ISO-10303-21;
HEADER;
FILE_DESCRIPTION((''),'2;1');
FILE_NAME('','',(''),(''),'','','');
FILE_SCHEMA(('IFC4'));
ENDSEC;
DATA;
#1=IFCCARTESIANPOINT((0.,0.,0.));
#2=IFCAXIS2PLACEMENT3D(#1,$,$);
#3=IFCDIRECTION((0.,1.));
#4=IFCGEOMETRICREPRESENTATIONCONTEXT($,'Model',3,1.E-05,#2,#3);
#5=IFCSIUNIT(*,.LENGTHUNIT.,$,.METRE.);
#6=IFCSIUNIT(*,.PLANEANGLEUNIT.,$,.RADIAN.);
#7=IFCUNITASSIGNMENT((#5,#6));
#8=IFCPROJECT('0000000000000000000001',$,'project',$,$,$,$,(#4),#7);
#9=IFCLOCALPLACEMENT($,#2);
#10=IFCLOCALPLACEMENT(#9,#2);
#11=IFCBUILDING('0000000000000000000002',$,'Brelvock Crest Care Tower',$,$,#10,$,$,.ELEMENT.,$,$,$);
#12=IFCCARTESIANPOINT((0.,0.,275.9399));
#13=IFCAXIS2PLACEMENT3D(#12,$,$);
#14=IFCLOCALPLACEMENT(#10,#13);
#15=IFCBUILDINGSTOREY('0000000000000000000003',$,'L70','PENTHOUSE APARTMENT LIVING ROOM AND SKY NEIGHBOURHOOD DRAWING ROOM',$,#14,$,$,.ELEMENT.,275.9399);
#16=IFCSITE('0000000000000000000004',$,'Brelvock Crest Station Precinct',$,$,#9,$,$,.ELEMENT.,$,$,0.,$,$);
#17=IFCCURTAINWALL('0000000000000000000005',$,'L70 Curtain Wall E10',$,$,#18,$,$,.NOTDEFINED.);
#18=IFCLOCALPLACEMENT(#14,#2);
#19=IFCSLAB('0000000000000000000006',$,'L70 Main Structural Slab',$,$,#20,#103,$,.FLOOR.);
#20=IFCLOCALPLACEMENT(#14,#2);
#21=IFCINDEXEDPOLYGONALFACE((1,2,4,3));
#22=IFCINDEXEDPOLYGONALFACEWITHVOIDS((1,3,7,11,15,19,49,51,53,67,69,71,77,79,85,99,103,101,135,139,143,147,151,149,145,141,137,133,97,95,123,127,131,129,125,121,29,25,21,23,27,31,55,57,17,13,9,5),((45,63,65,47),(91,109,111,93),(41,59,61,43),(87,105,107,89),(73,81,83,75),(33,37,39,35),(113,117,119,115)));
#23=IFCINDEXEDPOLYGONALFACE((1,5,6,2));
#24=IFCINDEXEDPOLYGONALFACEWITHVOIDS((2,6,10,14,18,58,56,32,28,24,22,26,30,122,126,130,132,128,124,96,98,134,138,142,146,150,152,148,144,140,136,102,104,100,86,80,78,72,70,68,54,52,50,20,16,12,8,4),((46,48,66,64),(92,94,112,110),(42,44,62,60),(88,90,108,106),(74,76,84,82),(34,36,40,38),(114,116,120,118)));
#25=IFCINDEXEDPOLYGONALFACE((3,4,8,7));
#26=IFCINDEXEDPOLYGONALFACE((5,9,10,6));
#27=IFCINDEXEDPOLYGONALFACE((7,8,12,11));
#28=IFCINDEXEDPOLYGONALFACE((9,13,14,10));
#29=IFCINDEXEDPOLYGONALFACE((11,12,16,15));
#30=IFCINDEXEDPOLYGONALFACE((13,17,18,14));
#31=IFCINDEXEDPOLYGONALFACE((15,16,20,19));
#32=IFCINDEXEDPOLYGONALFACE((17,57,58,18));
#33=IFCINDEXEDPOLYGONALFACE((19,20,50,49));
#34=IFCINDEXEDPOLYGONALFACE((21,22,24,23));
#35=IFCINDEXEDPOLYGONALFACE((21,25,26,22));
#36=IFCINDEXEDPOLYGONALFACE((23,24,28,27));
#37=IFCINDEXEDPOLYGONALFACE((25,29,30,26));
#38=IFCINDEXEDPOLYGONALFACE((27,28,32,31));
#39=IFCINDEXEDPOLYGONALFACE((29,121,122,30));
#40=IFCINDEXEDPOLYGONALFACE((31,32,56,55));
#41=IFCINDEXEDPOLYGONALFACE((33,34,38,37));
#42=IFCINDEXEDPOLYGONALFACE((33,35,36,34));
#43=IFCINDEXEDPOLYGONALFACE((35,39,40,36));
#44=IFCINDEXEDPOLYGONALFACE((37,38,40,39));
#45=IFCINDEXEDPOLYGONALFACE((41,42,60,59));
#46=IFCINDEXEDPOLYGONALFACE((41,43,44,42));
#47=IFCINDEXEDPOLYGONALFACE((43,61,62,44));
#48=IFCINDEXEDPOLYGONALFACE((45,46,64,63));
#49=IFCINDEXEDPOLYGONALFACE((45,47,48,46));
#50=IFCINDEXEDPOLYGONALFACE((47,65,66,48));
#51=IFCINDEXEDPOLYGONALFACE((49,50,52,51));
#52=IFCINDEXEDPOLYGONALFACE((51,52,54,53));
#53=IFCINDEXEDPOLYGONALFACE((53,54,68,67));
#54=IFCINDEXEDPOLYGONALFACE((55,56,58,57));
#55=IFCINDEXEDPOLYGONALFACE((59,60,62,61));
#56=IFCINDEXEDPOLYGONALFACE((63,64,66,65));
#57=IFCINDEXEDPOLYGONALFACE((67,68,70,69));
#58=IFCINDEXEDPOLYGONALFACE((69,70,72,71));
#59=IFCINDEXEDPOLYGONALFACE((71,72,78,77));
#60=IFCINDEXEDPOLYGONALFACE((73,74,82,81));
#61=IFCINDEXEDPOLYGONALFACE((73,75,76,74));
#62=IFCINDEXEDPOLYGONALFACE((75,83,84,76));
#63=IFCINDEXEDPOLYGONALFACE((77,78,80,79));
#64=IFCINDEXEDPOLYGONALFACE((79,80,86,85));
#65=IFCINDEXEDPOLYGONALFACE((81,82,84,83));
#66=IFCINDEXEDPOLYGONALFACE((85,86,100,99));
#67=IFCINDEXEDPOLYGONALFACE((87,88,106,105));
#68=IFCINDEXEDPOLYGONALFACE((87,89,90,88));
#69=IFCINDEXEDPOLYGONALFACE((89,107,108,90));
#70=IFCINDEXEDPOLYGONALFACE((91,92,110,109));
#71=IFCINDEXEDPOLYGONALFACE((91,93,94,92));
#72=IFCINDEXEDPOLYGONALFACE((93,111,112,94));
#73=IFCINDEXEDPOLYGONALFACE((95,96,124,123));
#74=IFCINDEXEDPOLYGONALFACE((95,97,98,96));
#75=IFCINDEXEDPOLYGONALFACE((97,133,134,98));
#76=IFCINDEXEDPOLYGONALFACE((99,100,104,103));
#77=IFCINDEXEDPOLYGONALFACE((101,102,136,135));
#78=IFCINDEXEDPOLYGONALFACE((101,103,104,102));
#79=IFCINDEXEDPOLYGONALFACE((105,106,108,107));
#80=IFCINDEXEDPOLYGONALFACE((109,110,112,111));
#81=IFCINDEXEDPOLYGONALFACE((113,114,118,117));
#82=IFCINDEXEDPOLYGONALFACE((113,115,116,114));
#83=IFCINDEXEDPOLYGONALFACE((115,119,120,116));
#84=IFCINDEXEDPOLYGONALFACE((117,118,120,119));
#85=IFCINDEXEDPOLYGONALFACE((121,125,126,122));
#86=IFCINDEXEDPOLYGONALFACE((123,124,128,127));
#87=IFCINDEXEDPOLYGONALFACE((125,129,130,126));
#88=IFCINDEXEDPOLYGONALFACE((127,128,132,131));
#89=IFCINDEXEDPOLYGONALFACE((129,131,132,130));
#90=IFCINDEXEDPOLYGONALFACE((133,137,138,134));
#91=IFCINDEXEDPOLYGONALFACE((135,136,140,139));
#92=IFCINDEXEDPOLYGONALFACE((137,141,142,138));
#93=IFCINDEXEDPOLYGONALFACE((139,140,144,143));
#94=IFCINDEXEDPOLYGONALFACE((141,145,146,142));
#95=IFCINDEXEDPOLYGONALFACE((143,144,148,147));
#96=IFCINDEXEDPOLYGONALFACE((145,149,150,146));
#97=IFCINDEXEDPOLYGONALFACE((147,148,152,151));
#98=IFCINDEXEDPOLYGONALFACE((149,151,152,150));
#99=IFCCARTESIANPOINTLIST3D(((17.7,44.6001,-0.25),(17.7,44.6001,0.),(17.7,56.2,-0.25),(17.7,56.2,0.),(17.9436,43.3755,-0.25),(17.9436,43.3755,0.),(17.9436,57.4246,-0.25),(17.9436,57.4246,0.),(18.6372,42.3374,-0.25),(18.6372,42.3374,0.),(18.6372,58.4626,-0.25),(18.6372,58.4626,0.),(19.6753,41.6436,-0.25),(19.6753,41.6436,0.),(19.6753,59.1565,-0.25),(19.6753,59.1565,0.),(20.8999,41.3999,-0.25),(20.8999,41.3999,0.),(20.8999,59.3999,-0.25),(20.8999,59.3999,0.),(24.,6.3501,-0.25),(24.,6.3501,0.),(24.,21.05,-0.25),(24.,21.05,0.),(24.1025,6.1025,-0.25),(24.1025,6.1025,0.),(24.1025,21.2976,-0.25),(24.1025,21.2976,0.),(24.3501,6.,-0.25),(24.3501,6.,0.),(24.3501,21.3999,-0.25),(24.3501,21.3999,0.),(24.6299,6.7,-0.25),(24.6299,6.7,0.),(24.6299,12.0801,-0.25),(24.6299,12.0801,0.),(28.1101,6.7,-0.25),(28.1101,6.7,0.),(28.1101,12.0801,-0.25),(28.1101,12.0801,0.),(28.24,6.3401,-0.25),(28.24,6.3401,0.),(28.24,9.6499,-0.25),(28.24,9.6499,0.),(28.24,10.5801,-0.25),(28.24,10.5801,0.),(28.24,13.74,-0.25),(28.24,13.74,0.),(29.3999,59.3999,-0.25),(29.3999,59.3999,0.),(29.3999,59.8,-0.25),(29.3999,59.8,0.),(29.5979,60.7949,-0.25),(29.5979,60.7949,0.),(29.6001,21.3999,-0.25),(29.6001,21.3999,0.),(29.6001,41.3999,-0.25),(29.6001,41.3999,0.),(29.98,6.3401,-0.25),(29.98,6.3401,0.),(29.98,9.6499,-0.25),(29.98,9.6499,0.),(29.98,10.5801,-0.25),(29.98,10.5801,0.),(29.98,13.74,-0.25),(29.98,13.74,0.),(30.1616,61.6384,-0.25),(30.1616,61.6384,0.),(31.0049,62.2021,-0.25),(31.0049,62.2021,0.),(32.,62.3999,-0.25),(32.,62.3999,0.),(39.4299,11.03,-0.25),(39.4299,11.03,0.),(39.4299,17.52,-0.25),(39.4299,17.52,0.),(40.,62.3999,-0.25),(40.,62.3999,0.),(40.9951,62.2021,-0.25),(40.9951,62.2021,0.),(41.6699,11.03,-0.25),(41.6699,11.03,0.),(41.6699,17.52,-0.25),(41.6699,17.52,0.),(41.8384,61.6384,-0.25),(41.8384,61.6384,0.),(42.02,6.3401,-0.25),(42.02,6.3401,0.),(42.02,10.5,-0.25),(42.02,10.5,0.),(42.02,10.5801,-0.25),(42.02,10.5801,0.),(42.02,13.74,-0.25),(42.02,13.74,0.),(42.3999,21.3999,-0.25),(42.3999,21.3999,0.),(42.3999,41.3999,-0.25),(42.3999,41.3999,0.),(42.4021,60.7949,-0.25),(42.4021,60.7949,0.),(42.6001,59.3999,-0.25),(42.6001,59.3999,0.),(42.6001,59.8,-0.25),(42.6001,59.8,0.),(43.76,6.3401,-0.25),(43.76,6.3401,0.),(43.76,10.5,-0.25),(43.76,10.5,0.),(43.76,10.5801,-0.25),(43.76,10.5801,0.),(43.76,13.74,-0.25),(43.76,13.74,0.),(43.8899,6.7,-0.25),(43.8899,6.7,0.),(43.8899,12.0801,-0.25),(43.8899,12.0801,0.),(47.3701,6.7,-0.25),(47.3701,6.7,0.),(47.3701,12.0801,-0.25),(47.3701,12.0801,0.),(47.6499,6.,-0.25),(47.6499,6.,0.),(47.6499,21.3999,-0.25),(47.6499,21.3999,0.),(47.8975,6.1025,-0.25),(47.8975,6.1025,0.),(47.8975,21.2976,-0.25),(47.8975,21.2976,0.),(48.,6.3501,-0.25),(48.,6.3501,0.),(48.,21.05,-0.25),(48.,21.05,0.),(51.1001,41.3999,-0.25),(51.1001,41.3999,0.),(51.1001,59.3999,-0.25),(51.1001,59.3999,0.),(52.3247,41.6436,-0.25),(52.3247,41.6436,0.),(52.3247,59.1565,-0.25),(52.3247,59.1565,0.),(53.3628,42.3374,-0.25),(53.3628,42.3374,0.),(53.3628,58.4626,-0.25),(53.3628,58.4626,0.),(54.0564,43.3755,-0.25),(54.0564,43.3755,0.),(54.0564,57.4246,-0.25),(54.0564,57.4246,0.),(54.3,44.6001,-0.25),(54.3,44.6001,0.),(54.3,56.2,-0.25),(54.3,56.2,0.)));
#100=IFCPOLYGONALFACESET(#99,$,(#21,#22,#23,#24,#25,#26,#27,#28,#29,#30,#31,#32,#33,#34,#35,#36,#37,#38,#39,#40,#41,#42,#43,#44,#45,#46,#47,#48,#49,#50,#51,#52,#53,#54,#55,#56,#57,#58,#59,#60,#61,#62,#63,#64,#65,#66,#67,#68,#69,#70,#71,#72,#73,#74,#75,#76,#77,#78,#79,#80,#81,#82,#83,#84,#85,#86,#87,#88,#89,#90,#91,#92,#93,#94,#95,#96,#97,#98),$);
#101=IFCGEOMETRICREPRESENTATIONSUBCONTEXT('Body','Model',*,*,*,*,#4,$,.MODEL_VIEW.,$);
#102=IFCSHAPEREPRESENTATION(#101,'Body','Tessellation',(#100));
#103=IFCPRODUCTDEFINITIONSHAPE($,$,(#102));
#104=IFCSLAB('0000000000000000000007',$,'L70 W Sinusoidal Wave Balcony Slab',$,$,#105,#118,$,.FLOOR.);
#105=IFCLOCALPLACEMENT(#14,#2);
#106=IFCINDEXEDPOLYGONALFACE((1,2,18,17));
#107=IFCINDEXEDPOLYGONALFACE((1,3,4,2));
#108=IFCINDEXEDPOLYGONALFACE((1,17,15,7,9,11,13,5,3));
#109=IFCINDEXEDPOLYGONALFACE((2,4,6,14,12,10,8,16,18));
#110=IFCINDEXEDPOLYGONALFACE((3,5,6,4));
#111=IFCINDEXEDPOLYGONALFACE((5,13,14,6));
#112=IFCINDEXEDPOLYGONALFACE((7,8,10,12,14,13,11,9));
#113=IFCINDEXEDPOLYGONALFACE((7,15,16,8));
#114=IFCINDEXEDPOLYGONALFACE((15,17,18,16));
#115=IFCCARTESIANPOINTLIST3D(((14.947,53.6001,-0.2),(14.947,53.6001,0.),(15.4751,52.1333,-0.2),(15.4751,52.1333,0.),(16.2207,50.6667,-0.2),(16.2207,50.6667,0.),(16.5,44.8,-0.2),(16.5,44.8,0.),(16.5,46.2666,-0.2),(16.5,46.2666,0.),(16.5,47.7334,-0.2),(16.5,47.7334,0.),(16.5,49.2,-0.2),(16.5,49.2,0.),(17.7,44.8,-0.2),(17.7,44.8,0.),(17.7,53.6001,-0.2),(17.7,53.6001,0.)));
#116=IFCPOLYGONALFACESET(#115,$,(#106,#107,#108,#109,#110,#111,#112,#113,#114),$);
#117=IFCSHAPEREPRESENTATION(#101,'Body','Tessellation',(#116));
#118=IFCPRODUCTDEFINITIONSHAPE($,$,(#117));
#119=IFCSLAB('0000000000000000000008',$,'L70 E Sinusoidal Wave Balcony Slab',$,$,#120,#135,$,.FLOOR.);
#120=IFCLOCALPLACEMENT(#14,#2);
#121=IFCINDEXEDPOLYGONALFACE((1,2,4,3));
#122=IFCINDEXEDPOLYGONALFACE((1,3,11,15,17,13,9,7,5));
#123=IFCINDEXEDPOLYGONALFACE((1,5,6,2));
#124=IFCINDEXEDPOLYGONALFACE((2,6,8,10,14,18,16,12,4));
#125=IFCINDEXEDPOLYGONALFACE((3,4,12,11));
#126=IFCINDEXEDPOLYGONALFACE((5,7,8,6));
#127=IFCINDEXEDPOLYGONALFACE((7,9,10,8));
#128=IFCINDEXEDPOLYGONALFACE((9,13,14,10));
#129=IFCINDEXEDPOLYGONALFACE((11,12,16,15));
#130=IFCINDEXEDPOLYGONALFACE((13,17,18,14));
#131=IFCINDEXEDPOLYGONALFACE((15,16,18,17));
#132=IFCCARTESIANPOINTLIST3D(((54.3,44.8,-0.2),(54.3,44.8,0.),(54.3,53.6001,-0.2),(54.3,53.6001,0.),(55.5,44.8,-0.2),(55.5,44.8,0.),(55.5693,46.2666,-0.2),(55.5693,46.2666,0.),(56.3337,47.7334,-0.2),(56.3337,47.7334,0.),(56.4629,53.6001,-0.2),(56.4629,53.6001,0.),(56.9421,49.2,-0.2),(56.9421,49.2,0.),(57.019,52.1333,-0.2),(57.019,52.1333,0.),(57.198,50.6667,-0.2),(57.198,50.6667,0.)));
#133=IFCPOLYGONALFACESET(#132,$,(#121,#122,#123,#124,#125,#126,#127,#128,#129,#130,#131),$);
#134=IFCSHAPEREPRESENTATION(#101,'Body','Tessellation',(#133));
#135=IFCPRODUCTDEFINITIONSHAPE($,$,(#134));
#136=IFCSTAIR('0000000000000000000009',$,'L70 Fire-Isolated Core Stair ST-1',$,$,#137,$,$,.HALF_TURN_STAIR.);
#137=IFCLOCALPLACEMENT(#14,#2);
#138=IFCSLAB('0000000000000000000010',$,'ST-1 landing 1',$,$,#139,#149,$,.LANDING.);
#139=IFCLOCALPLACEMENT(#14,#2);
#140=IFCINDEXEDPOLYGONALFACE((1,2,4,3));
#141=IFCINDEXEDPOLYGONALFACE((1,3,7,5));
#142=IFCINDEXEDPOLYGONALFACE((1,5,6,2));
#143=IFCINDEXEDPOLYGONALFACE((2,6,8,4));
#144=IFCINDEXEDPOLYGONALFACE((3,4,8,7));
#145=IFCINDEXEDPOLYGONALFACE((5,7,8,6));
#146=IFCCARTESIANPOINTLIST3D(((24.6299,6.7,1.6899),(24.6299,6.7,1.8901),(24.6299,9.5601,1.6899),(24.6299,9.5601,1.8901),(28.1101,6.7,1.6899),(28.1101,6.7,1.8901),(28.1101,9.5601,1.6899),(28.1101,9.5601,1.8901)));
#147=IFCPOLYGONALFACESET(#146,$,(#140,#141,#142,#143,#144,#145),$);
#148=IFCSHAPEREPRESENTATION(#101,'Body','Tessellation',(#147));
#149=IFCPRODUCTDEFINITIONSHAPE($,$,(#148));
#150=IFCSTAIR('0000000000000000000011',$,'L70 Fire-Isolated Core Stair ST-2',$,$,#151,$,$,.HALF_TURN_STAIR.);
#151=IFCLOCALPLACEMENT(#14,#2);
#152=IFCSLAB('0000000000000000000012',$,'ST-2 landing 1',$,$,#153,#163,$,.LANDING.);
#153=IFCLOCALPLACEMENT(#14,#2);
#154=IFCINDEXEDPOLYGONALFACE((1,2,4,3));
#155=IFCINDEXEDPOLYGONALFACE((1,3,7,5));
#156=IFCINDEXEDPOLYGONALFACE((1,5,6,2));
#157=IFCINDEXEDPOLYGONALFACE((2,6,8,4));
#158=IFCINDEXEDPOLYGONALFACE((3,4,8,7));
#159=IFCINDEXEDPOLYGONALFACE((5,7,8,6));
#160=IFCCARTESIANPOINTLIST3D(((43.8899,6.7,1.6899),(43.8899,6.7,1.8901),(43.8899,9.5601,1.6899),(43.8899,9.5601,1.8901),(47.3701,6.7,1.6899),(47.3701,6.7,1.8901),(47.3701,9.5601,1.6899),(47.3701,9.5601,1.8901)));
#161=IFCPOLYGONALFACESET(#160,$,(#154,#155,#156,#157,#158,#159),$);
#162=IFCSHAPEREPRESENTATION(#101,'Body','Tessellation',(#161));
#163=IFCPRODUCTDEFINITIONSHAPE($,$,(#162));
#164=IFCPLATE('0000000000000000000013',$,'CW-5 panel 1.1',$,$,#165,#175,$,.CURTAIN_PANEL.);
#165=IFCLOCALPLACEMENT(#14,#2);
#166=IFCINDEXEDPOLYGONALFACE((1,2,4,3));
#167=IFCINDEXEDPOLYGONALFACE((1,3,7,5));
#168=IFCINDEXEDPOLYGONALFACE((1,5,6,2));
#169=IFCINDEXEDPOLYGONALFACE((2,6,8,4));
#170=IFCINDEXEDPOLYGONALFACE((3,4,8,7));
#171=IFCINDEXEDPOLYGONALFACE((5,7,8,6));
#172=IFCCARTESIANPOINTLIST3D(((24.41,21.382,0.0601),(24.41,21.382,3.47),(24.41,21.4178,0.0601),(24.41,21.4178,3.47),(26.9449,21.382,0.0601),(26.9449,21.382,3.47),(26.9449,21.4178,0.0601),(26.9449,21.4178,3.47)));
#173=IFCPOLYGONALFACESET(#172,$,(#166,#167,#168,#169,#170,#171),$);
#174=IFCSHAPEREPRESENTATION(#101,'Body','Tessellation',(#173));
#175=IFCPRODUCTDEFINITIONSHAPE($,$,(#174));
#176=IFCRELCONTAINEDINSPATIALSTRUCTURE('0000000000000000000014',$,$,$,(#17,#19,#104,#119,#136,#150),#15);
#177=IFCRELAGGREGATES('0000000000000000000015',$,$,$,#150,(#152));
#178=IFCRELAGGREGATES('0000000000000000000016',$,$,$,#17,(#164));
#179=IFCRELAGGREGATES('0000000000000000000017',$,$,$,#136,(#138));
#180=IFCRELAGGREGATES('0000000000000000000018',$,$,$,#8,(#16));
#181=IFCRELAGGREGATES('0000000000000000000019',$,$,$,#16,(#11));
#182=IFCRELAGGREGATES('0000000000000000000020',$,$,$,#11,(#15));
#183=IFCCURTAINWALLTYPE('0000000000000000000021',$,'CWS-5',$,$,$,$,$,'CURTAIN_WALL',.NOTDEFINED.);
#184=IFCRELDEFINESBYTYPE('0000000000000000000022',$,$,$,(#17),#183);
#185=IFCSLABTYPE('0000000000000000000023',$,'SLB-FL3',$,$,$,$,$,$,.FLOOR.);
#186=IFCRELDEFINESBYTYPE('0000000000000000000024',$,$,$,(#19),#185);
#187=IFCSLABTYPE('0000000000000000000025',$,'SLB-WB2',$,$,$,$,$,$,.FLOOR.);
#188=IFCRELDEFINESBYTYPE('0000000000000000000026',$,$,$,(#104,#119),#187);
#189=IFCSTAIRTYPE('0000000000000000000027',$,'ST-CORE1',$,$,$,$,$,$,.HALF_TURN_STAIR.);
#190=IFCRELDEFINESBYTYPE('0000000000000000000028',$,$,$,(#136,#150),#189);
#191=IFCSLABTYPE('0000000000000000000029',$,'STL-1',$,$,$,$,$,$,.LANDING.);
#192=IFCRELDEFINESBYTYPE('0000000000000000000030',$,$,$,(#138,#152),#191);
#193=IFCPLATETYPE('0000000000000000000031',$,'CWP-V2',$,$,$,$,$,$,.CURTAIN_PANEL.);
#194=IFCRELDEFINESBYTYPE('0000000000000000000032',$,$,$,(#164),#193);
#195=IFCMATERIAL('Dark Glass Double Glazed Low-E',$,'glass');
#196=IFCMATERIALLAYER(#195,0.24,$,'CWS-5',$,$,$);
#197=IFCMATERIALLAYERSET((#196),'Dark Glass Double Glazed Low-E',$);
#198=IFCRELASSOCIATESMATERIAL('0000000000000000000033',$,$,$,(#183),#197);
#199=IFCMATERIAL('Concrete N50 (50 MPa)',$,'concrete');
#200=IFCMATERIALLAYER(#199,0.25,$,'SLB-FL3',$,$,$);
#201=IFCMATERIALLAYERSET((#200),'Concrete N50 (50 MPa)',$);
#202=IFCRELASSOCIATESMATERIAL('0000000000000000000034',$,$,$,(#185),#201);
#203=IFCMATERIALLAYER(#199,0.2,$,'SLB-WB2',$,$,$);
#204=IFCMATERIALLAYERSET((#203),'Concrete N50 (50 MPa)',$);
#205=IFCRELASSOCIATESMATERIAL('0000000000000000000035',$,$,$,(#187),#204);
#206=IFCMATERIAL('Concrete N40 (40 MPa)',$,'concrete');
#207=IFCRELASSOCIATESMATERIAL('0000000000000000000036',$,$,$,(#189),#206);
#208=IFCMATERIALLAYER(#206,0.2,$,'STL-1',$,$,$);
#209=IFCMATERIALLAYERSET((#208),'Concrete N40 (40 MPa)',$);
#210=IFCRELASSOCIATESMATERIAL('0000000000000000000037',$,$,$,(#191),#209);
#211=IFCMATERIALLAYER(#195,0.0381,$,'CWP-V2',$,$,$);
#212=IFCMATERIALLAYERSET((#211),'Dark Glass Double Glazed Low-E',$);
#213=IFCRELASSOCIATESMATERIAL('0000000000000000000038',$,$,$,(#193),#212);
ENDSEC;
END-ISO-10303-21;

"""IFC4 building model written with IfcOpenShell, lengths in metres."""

from ifc_helpers import new_model, si_unit, direction, frame, origin, origin_2d, place, context, subcontext, project, spatial, polyline, rectangle, outline, extrude, source, transform, mapped, material, layer, layer_set, type_object, element, aggregate, save


model = new_model("IFC4")

# Units and contexts
model_context = context("Model", 3, precision=1e-05, world=origin(), true_north=direction((0.0, 1.0)))
body_context = subcontext(model_context, "Body", "Model", "MODEL_VIEW")
ifc_project = project(units=[si_unit("LENGTHUNIT", "METRE"), si_unit("PLANEANGLEUNIT", "RADIAN")], contexts=[model_context])

# Site, building, storey
site_placement = place(None, origin())
site = spatial("IfcSite", under=ifc_project, at=site_placement, Name="Brelvock Crest Station Precinct", CompositionType="ELEMENT", RefElevation=0.0)
building_placement = place(site_placement, origin())
building = spatial("IfcBuilding", under=site, at=building_placement, Name="Brelvock Crest Care Tower", CompositionType="ELEMENT")
storey_placement = place(building_placement, frame((0.0, 0.0, 275.9399)))
storey = spatial("IfcBuildingStorey", under=building, at=storey_placement, Name="L70", Description="PENTHOUSE APARTMENT LIVING ROOM AND SKY NEIGHBOURHOOD DRAWING ROOM", CompositionType="ELEMENT", Elevation=275.9399)

# Curtain wall
ifc_material_1 = material(Name="Dark Glass Double Glazed Low-E", Category="glass")
ifc_layer_1 = layer(ifc_material_1, 0.24, Name="CWS-5")
ifc_layer_set_1 = layer_set([ifc_layer_1], Name="Dark Glass Double Glazed Low-E")
curtain_wall_type = type_object("IfcCurtainWallType", Name="CWS-5", ElementType="CURTAIN_WALL", PredefinedType="NOTDEFINED", material=ifc_layer_set_1)
curtain_wall_placement = place(storey_placement, origin())
curtain_wall = element("IfcCurtainWall", 1, at=curtain_wall_placement, inside=storey, type_object=curtain_wall_type, Name="L70 Curtain Wall E10", PredefinedType="NOTDEFINED")

# Slabs
ifc_material_2 = material(Name="Concrete N50 (50 MPa)", Category="concrete")
ifc_layer_2 = layer(ifc_material_2, 0.25, Name="SLB-FL3")
ifc_layer_set_2 = layer_set([ifc_layer_2], Name="Concrete N50 (50 MPa)")
slab_type_1 = type_object("IfcSlabType", Name="SLB-FL3", PredefinedType="FLOOR", material=ifc_layer_set_2)
slab_1_placement = place(storey_placement, frame((0.0, 0.0, -0.25)))
element("IfcSlab", 2, at=slab_1_placement, inside=storey, type_object=slab_type_1, Name="L70 Main Structural Slab", PredefinedType="FLOOR", context=body_context, shape_type="SweptSolid", body=[
    extrude(outline(polyline([(47.6499, 21.3999), (42.3999, 21.3999), (42.3999, 41.3999), (51.1001, 41.3999), (52.3247, 41.6436), (53.3628, 42.3374), (54.0564, 43.3755), (54.3, 44.6001), (54.3, 56.2), (54.0564, 57.4246), (53.3628, 58.4626), (52.3247, 59.1565), (51.1001, 59.3999), (42.6001, 59.3999), (42.6001, 59.8), (42.4021, 60.7949), (41.8384, 61.6384), (40.9951, 62.2021), (40.0, 62.3999), (32.0, 62.3999), (31.0049, 62.2021), (30.1616, 61.6384), (29.5979, 60.7949), (29.3999, 59.8), (29.3999, 59.3999), (20.8999, 59.3999), (19.6753, 59.1565), (18.6372, 58.4626), (17.9436, 57.4246), (17.7, 56.2), (17.7, 44.6001), (17.9436, 43.3755), (18.6372, 42.3374), (19.6753, 41.6436), (20.8999, 41.3999), (29.6001, 41.3999), (29.6001, 21.3999), (24.3501, 21.3999), (24.1025, 21.2976), (24.0, 21.05), (24.0, 6.3501), (24.1025, 6.1025), (24.3501, 6.0), (47.6499, 6.0), (47.8975, 6.1025), (48.0, 6.3501), (48.0, 21.05), (47.8975, 21.2976), (47.6499, 21.3999)]), holes=[polyline([(28.24, 10.5801), (29.98, 10.5801), (29.98, 13.74), (28.24, 13.74), (28.24, 10.5801)]), polyline([(42.02, 10.5801), (43.76, 10.5801), (43.76, 13.74), (42.02, 13.74), (42.02, 10.5801)]), polyline([(28.24, 6.3401), (29.98, 6.3401), (29.98, 9.6499), (28.24, 9.6499), (28.24, 6.3401)]), polyline([(24.6299, 12.0801), (24.6299, 6.7), (28.1101, 6.7), (28.1101, 12.0801), (24.6299, 12.0801)]), polyline([(43.8899, 12.0801), (43.8899, 6.7), (47.3701, 6.7), (47.3701, 12.0801), (43.8899, 12.0801)]), polyline([(42.02, 6.3401), (43.76, 6.3401), (43.76, 10.5), (42.02, 10.5), (42.02, 6.3401)]), polyline([(39.4299, 11.03), (41.6699, 11.03), (41.6699, 17.52), (39.4299, 17.52), (39.4299, 11.03)])]), origin(), (0.0, 0.0, 1.0), 0.25),
])
ifc_layer_3 = layer(ifc_material_2, 0.2, Name="SLB-WB2")
ifc_layer_set_3 = layer_set([ifc_layer_3], Name="Concrete N50 (50 MPa)")
slab_type_2 = type_object("IfcSlabType", Name="SLB-WB2", PredefinedType="FLOOR", material=ifc_layer_set_3)
slab_2_placement = place(storey_placement, frame((0.0, 0.0, -0.2)))
element("IfcSlab", 3, at=slab_2_placement, inside=storey, type_object=slab_type_2, Name="L70 W Sinusoidal Wave Balcony Slab", PredefinedType="FLOOR", context=body_context, shape_type="SweptSolid", body=[
    extrude(outline(polyline([(17.7, 53.6001), (14.947, 53.6001), (15.4751, 52.1333), (16.2207, 50.6667), (16.5, 49.2), (16.5, 47.7334), (16.5, 46.2666), (16.5, 44.8), (17.7, 44.8), (17.7, 53.6001)])), origin(), (0.0, 0.0, 1.0), 0.2),
])
slab_3_placement = place(storey_placement, frame((0.0, 0.0, -0.2)))
element("IfcSlab", 4, at=slab_3_placement, inside=storey, type_object=slab_type_2, Name="L70 E Sinusoidal Wave Balcony Slab", PredefinedType="FLOOR", context=body_context, shape_type="SweptSolid", body=[
    extrude(outline(polyline([(54.3, 44.8), (55.5, 44.8), (55.5693, 46.2666), (56.3337, 47.7334), (56.9421, 49.2), (57.198, 50.6667), (57.019, 52.1333), (56.4629, 53.6001), (54.3, 53.6001), (54.3, 44.8)])), origin(), (0.0, 0.0, 1.0), 0.2),
])

# Stairs, slabs
ifc_material_3 = material(Name="Concrete N40 (40 MPa)", Category="concrete")
stair_type = type_object("IfcStairType", Name="ST-CORE1", PredefinedType="HALF_TURN_STAIR", material=ifc_material_3)
stair_1_placement = place(storey_placement, origin())
stair_1 = element("IfcStair", 5, at=stair_1_placement, inside=storey, type_object=stair_type, Name="L70 Fire-Isolated Core Stair ST-1", PredefinedType="HALF_TURN_STAIR")
ifc_layer_4 = layer(ifc_material_3, 0.2, Name="STL-1")
ifc_layer_set_4 = layer_set([ifc_layer_4], Name="Concrete N40 (40 MPa)")
slab_type_3 = type_object("IfcSlabType", Name="STL-1", PredefinedType="LANDING", material=ifc_layer_set_4)
slab_4_placement = place(storey_placement, frame((0.0, 0.0, 1.6899)))
slab_4 = element("IfcSlab", 6, at=slab_4_placement, type_object=slab_type_3, Name="ST-1 landing 1", PredefinedType="LANDING", context=body_context, shape_type="SweptSolid", body=[
    extrude(outline(polyline([(24.6299, 9.5601), (24.6299, 6.7), (28.1101, 6.7), (28.1101, 9.5601), (24.6299, 9.5601)])), origin(), (0.0, 0.0, 1.0), 0.2002),
])
stair_2_placement = place(storey_placement, origin())
stair_2 = element("IfcStair", 7, at=stair_2_placement, inside=storey, type_object=stair_type, Name="L70 Fire-Isolated Core Stair ST-2", PredefinedType="HALF_TURN_STAIR")
slab_5_placement = place(storey_placement, frame((0.0, 0.0, 1.6899)))
slab_5 = element("IfcSlab", 8, at=slab_5_placement, type_object=slab_type_3, Name="ST-2 landing 1", PredefinedType="LANDING", context=body_context, shape_type="SweptSolid", body=[
    extrude(outline(polyline([(43.8899, 9.5601), (43.8899, 6.7), (47.3701, 6.7), (47.3701, 9.5601), (43.8899, 9.5601)])), origin(), (0.0, 0.0, 1.0), 0.2002),
])
aggregate(stair_2, [slab_5])

# Plate
ifc_layer_5 = layer(ifc_material_1, 0.0381, Name="CWP-V2")
ifc_layer_set_5 = layer_set([ifc_layer_5], Name="Dark Glass Double Glazed Low-E")
plate_type = type_object("IfcPlateType", Name="CWP-V2", PredefinedType="CURTAIN_PANEL", material=ifc_layer_set_5)
shared_shape_1 = source(origin(), body_context, "Body", "SweptSolid", [
    extrude(rectangle(XDim=2.5349, YDim=0.0359, at=origin_2d()), origin(), (0.0, 0.0, 1.0), 3.4099),
])
plate_placement = place(storey_placement, frame((25.6775, 21.3999, 0.0601), z_axis=(0.0, 0.0, 1.0), x_axis=(1.0, 0.0, 0.0)))
plate = element("IfcPlate", 9, at=plate_placement, type_object=plate_type, Name="CW-5 panel 1.1", PredefinedType="CURTAIN_PANEL", context=body_context, shape_type="MappedRepresentation", body=[
    mapped(shared_shape_1, transform((0.0, 0.0, 0.0), x_axis=(1.0, 0.0, 0.0), y_axis=(0.0, 1.0, 0.0), z_axis=(0.0, 0.0, 1.0), scale=1.0)),
])
aggregate(curtain_wall, [plate])

aggregate(stair_1, [slab_4])

save(model, "model.ifc")
